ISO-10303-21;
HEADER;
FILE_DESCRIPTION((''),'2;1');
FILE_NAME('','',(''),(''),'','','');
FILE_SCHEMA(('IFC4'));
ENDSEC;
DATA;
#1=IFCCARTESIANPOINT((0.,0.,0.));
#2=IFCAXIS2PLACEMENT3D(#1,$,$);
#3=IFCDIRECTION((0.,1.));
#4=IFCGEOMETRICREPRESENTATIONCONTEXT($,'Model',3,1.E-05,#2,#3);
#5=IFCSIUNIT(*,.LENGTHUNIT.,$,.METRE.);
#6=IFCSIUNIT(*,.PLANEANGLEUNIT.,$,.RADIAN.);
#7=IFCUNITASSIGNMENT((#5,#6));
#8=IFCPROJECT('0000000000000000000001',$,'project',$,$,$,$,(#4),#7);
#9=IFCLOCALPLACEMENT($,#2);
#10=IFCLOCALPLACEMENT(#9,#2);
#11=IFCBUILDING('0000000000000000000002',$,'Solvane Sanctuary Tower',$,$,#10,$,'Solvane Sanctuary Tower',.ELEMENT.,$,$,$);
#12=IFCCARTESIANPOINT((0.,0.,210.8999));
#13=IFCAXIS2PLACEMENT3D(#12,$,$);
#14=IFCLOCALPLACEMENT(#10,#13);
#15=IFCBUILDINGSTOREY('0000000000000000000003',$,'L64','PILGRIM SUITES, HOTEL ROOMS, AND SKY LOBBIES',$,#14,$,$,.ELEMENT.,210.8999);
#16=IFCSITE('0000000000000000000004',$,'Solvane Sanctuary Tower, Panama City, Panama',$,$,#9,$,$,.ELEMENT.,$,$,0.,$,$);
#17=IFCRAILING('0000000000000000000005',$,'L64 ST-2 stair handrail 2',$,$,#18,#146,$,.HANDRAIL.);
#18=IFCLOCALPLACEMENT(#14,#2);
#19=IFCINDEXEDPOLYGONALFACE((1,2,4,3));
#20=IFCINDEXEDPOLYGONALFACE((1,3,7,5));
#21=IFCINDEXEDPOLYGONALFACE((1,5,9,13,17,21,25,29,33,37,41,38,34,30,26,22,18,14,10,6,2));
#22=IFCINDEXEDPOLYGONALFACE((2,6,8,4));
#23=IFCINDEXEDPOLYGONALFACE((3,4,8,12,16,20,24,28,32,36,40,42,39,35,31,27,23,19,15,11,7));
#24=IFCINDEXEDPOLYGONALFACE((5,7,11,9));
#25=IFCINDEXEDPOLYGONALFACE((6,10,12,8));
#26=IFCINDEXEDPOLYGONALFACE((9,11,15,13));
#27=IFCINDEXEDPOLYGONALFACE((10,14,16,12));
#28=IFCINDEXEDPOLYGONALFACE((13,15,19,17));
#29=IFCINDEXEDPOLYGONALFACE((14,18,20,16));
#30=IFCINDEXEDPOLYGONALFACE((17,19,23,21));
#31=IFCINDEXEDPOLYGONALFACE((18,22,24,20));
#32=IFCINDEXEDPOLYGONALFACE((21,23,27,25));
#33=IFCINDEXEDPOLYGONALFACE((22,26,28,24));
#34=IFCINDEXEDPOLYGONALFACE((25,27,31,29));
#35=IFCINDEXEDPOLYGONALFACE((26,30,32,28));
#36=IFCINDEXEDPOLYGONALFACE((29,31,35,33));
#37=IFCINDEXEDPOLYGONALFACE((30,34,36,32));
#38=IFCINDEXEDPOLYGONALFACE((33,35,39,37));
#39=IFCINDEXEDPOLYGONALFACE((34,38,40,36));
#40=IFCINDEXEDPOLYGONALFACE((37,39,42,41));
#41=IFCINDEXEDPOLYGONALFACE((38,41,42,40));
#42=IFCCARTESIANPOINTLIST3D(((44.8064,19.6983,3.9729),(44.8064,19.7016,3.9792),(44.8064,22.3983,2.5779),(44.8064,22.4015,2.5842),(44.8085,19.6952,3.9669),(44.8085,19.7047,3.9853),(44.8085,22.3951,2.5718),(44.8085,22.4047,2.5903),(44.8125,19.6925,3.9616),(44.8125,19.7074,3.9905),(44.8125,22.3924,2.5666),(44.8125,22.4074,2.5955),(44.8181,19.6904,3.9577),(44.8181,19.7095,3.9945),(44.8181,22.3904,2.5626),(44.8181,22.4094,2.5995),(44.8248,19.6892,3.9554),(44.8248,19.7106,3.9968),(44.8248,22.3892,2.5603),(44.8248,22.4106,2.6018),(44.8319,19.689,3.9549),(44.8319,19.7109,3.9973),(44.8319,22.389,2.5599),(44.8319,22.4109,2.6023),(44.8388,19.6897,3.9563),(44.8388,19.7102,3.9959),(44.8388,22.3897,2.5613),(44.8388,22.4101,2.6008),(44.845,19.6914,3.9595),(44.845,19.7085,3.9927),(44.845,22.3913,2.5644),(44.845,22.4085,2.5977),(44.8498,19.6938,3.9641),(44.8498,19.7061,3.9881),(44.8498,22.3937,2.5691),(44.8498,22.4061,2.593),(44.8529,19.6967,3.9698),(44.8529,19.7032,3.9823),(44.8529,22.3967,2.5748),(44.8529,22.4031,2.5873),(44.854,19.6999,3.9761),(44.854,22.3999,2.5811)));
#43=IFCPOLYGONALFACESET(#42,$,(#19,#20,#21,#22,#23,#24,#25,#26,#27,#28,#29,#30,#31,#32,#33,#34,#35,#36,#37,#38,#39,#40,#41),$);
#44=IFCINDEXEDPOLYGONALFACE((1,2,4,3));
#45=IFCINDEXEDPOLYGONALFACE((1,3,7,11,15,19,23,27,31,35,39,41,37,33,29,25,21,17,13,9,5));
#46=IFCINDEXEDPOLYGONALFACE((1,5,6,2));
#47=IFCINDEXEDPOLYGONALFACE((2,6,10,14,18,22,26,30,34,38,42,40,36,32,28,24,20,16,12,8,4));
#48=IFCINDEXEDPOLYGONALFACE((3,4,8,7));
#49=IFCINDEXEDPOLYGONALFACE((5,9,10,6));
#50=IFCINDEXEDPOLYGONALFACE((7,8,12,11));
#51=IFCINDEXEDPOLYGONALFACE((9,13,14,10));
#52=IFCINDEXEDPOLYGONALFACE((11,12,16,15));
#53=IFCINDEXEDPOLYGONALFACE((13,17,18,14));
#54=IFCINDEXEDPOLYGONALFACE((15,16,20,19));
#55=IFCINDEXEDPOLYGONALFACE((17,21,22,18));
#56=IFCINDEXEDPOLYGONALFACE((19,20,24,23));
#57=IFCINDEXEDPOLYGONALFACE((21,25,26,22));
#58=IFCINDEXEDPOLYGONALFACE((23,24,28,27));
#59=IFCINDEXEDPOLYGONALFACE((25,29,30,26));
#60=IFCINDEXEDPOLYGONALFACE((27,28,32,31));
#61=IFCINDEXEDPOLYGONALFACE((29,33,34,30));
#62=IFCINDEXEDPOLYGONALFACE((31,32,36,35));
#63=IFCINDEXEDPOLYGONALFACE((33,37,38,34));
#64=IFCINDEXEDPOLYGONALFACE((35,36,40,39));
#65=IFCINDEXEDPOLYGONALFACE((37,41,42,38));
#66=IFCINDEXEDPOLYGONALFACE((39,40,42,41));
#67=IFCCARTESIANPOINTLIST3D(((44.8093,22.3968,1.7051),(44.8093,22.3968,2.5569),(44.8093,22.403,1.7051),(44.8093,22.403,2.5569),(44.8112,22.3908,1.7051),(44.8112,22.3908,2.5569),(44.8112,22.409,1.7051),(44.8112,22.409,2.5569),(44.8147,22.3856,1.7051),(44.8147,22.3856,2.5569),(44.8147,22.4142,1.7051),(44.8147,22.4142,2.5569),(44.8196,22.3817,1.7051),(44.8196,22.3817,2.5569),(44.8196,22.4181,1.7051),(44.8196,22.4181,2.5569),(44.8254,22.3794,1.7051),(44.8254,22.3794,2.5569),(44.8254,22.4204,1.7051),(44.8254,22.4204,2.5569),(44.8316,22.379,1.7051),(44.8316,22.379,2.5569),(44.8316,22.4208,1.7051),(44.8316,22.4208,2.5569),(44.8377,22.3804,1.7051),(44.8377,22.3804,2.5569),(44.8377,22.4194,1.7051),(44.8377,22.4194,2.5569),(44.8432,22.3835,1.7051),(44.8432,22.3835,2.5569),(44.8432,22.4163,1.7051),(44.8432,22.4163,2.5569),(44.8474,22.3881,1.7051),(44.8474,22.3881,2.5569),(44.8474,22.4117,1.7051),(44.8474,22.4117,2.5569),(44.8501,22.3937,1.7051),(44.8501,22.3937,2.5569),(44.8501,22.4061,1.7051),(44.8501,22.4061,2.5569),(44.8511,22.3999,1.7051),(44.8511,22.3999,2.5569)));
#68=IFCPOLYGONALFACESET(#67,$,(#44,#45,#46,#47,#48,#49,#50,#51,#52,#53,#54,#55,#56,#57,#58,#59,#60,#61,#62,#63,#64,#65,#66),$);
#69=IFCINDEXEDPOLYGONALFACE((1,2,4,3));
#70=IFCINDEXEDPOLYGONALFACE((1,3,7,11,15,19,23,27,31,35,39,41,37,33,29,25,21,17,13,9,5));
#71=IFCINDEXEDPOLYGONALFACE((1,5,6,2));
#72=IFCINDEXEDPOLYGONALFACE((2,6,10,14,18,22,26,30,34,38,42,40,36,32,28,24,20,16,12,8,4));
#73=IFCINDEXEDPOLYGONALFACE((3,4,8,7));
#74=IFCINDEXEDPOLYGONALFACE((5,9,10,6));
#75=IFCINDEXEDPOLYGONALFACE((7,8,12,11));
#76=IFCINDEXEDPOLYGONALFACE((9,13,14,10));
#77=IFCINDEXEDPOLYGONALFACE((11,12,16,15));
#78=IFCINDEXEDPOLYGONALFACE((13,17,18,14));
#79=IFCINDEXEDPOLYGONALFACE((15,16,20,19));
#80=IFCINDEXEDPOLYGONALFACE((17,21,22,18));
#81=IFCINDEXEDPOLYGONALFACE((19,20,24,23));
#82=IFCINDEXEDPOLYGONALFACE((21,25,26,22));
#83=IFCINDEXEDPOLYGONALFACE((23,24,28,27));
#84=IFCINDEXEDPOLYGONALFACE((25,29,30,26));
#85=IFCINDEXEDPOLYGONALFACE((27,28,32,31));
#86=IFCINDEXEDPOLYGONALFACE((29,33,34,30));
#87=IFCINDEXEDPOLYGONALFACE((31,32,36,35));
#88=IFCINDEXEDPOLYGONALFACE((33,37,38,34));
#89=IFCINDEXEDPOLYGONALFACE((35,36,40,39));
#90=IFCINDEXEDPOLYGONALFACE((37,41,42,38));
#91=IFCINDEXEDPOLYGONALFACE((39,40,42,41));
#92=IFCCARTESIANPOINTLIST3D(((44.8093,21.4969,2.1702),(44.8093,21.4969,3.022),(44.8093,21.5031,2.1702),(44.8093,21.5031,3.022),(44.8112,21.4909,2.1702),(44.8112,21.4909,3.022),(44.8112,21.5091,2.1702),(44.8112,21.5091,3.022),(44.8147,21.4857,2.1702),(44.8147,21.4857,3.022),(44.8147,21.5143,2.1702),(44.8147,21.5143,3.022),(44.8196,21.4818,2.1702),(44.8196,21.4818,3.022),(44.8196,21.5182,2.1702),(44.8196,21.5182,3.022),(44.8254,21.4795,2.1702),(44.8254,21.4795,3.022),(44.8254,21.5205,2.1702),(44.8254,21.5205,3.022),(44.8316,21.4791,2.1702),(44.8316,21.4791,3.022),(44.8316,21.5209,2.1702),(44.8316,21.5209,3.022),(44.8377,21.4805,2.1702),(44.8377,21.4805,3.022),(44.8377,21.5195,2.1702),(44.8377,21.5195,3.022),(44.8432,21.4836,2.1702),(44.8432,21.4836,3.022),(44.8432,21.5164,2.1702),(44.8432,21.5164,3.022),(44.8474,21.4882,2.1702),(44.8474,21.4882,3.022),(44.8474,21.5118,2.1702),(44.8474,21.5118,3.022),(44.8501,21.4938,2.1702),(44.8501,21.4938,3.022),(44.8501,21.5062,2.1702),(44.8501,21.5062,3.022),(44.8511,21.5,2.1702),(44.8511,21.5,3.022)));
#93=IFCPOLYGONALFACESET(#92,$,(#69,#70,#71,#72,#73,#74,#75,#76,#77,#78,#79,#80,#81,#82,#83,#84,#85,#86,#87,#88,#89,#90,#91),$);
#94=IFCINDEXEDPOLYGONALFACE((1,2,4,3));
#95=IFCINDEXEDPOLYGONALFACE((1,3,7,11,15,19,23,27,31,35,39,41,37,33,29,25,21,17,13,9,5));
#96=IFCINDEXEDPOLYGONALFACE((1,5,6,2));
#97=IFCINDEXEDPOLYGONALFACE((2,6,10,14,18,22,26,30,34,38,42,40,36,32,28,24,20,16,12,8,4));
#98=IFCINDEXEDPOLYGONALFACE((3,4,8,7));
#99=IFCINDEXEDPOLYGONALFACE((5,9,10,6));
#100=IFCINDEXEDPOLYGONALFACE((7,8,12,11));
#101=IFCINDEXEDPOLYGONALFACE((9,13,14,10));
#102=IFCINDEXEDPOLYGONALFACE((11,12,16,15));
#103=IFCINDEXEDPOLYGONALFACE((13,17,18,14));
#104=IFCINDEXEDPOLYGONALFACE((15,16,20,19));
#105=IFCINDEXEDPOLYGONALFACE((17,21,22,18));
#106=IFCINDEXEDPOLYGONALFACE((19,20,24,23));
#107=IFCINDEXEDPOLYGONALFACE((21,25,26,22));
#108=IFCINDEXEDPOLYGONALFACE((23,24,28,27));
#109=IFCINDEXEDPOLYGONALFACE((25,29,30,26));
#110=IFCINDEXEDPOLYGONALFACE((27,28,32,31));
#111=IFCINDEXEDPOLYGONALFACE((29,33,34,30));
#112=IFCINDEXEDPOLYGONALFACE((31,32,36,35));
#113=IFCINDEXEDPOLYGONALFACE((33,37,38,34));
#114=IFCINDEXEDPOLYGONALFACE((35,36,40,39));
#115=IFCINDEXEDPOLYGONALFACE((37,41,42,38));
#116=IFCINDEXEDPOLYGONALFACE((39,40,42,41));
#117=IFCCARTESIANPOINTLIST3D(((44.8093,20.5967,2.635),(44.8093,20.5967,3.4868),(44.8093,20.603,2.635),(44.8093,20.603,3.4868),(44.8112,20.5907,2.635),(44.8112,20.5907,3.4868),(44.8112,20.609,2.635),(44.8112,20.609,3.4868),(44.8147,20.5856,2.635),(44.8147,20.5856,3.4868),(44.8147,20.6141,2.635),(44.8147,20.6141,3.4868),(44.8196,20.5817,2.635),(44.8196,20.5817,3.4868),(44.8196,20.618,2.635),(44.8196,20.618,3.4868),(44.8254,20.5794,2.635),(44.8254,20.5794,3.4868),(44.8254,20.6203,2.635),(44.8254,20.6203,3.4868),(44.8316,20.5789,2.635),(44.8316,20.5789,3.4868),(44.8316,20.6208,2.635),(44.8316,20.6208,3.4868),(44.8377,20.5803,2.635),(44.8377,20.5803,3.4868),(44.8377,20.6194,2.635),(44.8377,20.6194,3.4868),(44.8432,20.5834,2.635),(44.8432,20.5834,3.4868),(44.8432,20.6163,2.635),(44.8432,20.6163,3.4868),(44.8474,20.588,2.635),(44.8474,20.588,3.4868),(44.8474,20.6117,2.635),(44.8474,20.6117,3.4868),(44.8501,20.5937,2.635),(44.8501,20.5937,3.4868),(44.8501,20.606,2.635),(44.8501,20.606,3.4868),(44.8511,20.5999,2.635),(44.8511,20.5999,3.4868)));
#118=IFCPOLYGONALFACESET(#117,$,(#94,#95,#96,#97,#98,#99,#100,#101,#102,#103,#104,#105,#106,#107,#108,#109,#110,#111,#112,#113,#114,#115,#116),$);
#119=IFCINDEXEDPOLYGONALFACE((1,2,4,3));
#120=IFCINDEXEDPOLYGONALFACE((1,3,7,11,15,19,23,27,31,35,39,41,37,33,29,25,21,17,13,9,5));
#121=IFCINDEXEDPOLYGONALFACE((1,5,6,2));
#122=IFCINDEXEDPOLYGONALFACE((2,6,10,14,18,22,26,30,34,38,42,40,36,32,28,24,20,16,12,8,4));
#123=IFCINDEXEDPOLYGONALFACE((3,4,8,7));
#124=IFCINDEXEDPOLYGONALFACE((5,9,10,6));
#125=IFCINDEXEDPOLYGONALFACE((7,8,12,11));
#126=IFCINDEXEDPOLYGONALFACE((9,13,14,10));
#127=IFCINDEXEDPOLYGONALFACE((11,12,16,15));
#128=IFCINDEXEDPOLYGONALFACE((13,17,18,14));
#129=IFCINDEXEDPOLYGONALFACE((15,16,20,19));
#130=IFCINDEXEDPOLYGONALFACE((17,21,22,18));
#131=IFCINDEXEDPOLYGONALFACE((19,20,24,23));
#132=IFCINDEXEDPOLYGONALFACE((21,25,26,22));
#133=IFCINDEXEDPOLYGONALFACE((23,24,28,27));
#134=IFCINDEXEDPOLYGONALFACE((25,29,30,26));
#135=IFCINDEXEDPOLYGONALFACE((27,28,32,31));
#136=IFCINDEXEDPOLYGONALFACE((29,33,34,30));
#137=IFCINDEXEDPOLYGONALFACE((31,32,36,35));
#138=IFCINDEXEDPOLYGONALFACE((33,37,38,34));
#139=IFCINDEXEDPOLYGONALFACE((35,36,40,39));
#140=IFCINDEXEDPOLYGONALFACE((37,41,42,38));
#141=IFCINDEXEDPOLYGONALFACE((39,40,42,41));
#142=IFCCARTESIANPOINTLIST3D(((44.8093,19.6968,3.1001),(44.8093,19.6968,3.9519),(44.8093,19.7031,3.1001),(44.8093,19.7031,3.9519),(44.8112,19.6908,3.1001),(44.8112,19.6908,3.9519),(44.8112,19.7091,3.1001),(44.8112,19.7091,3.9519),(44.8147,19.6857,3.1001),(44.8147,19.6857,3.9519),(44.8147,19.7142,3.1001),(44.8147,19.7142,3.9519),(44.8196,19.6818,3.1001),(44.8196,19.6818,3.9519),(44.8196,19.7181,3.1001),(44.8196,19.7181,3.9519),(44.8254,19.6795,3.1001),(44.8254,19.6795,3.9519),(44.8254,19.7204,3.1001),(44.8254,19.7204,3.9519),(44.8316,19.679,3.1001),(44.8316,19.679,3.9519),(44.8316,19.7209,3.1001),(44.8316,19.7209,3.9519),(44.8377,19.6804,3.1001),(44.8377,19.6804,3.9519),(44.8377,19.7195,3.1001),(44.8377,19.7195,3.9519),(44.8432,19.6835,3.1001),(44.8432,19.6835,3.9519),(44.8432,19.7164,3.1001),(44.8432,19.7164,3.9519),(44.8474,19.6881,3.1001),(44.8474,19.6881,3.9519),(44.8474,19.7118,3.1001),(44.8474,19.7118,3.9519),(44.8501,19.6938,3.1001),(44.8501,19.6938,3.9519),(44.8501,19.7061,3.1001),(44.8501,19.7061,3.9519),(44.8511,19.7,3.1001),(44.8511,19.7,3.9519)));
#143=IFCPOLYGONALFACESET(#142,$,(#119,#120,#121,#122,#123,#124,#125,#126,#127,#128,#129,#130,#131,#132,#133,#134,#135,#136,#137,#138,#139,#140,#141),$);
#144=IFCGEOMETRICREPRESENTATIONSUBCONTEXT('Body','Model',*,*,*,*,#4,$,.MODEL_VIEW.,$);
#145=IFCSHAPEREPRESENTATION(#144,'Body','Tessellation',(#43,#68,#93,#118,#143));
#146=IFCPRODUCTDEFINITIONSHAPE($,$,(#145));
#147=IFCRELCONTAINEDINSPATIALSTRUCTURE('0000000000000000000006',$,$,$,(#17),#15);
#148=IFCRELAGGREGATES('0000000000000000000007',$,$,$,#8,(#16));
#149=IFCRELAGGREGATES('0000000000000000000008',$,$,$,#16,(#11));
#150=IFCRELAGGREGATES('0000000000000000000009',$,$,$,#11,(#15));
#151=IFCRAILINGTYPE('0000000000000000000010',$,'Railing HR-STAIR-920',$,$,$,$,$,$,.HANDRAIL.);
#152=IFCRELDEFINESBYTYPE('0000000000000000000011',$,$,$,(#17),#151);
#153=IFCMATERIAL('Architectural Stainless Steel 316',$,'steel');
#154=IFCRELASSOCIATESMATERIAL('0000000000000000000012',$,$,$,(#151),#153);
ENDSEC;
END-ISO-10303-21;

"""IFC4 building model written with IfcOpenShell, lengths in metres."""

from ifc_helpers import new_model, si_unit, direction, frame, origin, origin_2d, place, context, subcontext, project, spatial, circle, extrude, material, type_object, element, save


model = new_model("IFC4")

# Units and contexts
model_context = context("Model", 3, precision=1e-05, world=origin(), true_north=direction((0.0, 1.0)))
body_context = subcontext(model_context, "Body", "Model", "MODEL_VIEW")
ifc_project = project(units=[si_unit("LENGTHUNIT", "METRE"), si_unit("PLANEANGLEUNIT", "RADIAN")], contexts=[model_context])

# Site, building, storey
site_placement = place(None, origin())
site = spatial("IfcSite", under=ifc_project, at=site_placement, Name="Solvane Sanctuary Tower, Panama City, Panama", CompositionType="ELEMENT", RefElevation=0.0)
building_placement = place(site_placement, origin())
building = spatial("IfcBuilding", under=site, at=building_placement, Name="Solvane Sanctuary Tower", LongName="Solvane Sanctuary Tower", CompositionType="ELEMENT")
storey_placement = place(building_placement, frame((0.0, 0.0, 210.8999)))
storey = spatial("IfcBuildingStorey", under=building, at=storey_placement, Name="L64", Description="PILGRIM SUITES, HOTEL ROOMS, AND SKY LOBBIES", CompositionType="ELEMENT", Elevation=210.8999)

# Shared definitions
ifc_material_1 = material(Name="Architectural Stainless Steel 316", Category="steel")

# Railing
railing_type_1 = type_object("IfcRailingType", Name="Railing HR-STAIR-920", PredefinedType="HANDRAIL", material=ifc_material_1)
railing_1_placement = place(storey_placement, frame((44.8301, 22.3999, 1.7051)))
element("IfcRailing", 1, at=railing_1_placement, inside=storey, type_object=railing_type_1, Name="L64 ST-2 stair handrail 2", PredefinedType="HANDRAIL", context=body_context, shape_type="SweptSolid", body=[
    extrude(circle(Radius=0.0239, at=origin_2d()), frame((0.0, 0.0, 0.876), z_axis=(0.0, -0.88842, 0.459032), x_axis=(1.0, 0.0, 0.0)), (0.0, 0.0, 1.0), 3.0391),
    extrude(circle(Radius=0.021, at=origin_2d()), origin(), (0.0, 0.0, 1.0), 0.8518),
    extrude(circle(Radius=0.021, at=origin_2d()), frame((0.0, -0.8999, 0.4651)), (0.0, 0.0, 1.0), 0.8518),
    extrude(circle(Radius=0.021, at=origin_2d()), frame((0.0, -1.8, 0.9299)), (0.0, 0.0, 1.0), 0.8518),
    extrude(circle(Radius=0.021, at=origin_2d()), frame((0.0, -2.7, 1.395)), (0.0, 0.0, 1.0), 0.8518),
])

save(model, "model.ifc")
